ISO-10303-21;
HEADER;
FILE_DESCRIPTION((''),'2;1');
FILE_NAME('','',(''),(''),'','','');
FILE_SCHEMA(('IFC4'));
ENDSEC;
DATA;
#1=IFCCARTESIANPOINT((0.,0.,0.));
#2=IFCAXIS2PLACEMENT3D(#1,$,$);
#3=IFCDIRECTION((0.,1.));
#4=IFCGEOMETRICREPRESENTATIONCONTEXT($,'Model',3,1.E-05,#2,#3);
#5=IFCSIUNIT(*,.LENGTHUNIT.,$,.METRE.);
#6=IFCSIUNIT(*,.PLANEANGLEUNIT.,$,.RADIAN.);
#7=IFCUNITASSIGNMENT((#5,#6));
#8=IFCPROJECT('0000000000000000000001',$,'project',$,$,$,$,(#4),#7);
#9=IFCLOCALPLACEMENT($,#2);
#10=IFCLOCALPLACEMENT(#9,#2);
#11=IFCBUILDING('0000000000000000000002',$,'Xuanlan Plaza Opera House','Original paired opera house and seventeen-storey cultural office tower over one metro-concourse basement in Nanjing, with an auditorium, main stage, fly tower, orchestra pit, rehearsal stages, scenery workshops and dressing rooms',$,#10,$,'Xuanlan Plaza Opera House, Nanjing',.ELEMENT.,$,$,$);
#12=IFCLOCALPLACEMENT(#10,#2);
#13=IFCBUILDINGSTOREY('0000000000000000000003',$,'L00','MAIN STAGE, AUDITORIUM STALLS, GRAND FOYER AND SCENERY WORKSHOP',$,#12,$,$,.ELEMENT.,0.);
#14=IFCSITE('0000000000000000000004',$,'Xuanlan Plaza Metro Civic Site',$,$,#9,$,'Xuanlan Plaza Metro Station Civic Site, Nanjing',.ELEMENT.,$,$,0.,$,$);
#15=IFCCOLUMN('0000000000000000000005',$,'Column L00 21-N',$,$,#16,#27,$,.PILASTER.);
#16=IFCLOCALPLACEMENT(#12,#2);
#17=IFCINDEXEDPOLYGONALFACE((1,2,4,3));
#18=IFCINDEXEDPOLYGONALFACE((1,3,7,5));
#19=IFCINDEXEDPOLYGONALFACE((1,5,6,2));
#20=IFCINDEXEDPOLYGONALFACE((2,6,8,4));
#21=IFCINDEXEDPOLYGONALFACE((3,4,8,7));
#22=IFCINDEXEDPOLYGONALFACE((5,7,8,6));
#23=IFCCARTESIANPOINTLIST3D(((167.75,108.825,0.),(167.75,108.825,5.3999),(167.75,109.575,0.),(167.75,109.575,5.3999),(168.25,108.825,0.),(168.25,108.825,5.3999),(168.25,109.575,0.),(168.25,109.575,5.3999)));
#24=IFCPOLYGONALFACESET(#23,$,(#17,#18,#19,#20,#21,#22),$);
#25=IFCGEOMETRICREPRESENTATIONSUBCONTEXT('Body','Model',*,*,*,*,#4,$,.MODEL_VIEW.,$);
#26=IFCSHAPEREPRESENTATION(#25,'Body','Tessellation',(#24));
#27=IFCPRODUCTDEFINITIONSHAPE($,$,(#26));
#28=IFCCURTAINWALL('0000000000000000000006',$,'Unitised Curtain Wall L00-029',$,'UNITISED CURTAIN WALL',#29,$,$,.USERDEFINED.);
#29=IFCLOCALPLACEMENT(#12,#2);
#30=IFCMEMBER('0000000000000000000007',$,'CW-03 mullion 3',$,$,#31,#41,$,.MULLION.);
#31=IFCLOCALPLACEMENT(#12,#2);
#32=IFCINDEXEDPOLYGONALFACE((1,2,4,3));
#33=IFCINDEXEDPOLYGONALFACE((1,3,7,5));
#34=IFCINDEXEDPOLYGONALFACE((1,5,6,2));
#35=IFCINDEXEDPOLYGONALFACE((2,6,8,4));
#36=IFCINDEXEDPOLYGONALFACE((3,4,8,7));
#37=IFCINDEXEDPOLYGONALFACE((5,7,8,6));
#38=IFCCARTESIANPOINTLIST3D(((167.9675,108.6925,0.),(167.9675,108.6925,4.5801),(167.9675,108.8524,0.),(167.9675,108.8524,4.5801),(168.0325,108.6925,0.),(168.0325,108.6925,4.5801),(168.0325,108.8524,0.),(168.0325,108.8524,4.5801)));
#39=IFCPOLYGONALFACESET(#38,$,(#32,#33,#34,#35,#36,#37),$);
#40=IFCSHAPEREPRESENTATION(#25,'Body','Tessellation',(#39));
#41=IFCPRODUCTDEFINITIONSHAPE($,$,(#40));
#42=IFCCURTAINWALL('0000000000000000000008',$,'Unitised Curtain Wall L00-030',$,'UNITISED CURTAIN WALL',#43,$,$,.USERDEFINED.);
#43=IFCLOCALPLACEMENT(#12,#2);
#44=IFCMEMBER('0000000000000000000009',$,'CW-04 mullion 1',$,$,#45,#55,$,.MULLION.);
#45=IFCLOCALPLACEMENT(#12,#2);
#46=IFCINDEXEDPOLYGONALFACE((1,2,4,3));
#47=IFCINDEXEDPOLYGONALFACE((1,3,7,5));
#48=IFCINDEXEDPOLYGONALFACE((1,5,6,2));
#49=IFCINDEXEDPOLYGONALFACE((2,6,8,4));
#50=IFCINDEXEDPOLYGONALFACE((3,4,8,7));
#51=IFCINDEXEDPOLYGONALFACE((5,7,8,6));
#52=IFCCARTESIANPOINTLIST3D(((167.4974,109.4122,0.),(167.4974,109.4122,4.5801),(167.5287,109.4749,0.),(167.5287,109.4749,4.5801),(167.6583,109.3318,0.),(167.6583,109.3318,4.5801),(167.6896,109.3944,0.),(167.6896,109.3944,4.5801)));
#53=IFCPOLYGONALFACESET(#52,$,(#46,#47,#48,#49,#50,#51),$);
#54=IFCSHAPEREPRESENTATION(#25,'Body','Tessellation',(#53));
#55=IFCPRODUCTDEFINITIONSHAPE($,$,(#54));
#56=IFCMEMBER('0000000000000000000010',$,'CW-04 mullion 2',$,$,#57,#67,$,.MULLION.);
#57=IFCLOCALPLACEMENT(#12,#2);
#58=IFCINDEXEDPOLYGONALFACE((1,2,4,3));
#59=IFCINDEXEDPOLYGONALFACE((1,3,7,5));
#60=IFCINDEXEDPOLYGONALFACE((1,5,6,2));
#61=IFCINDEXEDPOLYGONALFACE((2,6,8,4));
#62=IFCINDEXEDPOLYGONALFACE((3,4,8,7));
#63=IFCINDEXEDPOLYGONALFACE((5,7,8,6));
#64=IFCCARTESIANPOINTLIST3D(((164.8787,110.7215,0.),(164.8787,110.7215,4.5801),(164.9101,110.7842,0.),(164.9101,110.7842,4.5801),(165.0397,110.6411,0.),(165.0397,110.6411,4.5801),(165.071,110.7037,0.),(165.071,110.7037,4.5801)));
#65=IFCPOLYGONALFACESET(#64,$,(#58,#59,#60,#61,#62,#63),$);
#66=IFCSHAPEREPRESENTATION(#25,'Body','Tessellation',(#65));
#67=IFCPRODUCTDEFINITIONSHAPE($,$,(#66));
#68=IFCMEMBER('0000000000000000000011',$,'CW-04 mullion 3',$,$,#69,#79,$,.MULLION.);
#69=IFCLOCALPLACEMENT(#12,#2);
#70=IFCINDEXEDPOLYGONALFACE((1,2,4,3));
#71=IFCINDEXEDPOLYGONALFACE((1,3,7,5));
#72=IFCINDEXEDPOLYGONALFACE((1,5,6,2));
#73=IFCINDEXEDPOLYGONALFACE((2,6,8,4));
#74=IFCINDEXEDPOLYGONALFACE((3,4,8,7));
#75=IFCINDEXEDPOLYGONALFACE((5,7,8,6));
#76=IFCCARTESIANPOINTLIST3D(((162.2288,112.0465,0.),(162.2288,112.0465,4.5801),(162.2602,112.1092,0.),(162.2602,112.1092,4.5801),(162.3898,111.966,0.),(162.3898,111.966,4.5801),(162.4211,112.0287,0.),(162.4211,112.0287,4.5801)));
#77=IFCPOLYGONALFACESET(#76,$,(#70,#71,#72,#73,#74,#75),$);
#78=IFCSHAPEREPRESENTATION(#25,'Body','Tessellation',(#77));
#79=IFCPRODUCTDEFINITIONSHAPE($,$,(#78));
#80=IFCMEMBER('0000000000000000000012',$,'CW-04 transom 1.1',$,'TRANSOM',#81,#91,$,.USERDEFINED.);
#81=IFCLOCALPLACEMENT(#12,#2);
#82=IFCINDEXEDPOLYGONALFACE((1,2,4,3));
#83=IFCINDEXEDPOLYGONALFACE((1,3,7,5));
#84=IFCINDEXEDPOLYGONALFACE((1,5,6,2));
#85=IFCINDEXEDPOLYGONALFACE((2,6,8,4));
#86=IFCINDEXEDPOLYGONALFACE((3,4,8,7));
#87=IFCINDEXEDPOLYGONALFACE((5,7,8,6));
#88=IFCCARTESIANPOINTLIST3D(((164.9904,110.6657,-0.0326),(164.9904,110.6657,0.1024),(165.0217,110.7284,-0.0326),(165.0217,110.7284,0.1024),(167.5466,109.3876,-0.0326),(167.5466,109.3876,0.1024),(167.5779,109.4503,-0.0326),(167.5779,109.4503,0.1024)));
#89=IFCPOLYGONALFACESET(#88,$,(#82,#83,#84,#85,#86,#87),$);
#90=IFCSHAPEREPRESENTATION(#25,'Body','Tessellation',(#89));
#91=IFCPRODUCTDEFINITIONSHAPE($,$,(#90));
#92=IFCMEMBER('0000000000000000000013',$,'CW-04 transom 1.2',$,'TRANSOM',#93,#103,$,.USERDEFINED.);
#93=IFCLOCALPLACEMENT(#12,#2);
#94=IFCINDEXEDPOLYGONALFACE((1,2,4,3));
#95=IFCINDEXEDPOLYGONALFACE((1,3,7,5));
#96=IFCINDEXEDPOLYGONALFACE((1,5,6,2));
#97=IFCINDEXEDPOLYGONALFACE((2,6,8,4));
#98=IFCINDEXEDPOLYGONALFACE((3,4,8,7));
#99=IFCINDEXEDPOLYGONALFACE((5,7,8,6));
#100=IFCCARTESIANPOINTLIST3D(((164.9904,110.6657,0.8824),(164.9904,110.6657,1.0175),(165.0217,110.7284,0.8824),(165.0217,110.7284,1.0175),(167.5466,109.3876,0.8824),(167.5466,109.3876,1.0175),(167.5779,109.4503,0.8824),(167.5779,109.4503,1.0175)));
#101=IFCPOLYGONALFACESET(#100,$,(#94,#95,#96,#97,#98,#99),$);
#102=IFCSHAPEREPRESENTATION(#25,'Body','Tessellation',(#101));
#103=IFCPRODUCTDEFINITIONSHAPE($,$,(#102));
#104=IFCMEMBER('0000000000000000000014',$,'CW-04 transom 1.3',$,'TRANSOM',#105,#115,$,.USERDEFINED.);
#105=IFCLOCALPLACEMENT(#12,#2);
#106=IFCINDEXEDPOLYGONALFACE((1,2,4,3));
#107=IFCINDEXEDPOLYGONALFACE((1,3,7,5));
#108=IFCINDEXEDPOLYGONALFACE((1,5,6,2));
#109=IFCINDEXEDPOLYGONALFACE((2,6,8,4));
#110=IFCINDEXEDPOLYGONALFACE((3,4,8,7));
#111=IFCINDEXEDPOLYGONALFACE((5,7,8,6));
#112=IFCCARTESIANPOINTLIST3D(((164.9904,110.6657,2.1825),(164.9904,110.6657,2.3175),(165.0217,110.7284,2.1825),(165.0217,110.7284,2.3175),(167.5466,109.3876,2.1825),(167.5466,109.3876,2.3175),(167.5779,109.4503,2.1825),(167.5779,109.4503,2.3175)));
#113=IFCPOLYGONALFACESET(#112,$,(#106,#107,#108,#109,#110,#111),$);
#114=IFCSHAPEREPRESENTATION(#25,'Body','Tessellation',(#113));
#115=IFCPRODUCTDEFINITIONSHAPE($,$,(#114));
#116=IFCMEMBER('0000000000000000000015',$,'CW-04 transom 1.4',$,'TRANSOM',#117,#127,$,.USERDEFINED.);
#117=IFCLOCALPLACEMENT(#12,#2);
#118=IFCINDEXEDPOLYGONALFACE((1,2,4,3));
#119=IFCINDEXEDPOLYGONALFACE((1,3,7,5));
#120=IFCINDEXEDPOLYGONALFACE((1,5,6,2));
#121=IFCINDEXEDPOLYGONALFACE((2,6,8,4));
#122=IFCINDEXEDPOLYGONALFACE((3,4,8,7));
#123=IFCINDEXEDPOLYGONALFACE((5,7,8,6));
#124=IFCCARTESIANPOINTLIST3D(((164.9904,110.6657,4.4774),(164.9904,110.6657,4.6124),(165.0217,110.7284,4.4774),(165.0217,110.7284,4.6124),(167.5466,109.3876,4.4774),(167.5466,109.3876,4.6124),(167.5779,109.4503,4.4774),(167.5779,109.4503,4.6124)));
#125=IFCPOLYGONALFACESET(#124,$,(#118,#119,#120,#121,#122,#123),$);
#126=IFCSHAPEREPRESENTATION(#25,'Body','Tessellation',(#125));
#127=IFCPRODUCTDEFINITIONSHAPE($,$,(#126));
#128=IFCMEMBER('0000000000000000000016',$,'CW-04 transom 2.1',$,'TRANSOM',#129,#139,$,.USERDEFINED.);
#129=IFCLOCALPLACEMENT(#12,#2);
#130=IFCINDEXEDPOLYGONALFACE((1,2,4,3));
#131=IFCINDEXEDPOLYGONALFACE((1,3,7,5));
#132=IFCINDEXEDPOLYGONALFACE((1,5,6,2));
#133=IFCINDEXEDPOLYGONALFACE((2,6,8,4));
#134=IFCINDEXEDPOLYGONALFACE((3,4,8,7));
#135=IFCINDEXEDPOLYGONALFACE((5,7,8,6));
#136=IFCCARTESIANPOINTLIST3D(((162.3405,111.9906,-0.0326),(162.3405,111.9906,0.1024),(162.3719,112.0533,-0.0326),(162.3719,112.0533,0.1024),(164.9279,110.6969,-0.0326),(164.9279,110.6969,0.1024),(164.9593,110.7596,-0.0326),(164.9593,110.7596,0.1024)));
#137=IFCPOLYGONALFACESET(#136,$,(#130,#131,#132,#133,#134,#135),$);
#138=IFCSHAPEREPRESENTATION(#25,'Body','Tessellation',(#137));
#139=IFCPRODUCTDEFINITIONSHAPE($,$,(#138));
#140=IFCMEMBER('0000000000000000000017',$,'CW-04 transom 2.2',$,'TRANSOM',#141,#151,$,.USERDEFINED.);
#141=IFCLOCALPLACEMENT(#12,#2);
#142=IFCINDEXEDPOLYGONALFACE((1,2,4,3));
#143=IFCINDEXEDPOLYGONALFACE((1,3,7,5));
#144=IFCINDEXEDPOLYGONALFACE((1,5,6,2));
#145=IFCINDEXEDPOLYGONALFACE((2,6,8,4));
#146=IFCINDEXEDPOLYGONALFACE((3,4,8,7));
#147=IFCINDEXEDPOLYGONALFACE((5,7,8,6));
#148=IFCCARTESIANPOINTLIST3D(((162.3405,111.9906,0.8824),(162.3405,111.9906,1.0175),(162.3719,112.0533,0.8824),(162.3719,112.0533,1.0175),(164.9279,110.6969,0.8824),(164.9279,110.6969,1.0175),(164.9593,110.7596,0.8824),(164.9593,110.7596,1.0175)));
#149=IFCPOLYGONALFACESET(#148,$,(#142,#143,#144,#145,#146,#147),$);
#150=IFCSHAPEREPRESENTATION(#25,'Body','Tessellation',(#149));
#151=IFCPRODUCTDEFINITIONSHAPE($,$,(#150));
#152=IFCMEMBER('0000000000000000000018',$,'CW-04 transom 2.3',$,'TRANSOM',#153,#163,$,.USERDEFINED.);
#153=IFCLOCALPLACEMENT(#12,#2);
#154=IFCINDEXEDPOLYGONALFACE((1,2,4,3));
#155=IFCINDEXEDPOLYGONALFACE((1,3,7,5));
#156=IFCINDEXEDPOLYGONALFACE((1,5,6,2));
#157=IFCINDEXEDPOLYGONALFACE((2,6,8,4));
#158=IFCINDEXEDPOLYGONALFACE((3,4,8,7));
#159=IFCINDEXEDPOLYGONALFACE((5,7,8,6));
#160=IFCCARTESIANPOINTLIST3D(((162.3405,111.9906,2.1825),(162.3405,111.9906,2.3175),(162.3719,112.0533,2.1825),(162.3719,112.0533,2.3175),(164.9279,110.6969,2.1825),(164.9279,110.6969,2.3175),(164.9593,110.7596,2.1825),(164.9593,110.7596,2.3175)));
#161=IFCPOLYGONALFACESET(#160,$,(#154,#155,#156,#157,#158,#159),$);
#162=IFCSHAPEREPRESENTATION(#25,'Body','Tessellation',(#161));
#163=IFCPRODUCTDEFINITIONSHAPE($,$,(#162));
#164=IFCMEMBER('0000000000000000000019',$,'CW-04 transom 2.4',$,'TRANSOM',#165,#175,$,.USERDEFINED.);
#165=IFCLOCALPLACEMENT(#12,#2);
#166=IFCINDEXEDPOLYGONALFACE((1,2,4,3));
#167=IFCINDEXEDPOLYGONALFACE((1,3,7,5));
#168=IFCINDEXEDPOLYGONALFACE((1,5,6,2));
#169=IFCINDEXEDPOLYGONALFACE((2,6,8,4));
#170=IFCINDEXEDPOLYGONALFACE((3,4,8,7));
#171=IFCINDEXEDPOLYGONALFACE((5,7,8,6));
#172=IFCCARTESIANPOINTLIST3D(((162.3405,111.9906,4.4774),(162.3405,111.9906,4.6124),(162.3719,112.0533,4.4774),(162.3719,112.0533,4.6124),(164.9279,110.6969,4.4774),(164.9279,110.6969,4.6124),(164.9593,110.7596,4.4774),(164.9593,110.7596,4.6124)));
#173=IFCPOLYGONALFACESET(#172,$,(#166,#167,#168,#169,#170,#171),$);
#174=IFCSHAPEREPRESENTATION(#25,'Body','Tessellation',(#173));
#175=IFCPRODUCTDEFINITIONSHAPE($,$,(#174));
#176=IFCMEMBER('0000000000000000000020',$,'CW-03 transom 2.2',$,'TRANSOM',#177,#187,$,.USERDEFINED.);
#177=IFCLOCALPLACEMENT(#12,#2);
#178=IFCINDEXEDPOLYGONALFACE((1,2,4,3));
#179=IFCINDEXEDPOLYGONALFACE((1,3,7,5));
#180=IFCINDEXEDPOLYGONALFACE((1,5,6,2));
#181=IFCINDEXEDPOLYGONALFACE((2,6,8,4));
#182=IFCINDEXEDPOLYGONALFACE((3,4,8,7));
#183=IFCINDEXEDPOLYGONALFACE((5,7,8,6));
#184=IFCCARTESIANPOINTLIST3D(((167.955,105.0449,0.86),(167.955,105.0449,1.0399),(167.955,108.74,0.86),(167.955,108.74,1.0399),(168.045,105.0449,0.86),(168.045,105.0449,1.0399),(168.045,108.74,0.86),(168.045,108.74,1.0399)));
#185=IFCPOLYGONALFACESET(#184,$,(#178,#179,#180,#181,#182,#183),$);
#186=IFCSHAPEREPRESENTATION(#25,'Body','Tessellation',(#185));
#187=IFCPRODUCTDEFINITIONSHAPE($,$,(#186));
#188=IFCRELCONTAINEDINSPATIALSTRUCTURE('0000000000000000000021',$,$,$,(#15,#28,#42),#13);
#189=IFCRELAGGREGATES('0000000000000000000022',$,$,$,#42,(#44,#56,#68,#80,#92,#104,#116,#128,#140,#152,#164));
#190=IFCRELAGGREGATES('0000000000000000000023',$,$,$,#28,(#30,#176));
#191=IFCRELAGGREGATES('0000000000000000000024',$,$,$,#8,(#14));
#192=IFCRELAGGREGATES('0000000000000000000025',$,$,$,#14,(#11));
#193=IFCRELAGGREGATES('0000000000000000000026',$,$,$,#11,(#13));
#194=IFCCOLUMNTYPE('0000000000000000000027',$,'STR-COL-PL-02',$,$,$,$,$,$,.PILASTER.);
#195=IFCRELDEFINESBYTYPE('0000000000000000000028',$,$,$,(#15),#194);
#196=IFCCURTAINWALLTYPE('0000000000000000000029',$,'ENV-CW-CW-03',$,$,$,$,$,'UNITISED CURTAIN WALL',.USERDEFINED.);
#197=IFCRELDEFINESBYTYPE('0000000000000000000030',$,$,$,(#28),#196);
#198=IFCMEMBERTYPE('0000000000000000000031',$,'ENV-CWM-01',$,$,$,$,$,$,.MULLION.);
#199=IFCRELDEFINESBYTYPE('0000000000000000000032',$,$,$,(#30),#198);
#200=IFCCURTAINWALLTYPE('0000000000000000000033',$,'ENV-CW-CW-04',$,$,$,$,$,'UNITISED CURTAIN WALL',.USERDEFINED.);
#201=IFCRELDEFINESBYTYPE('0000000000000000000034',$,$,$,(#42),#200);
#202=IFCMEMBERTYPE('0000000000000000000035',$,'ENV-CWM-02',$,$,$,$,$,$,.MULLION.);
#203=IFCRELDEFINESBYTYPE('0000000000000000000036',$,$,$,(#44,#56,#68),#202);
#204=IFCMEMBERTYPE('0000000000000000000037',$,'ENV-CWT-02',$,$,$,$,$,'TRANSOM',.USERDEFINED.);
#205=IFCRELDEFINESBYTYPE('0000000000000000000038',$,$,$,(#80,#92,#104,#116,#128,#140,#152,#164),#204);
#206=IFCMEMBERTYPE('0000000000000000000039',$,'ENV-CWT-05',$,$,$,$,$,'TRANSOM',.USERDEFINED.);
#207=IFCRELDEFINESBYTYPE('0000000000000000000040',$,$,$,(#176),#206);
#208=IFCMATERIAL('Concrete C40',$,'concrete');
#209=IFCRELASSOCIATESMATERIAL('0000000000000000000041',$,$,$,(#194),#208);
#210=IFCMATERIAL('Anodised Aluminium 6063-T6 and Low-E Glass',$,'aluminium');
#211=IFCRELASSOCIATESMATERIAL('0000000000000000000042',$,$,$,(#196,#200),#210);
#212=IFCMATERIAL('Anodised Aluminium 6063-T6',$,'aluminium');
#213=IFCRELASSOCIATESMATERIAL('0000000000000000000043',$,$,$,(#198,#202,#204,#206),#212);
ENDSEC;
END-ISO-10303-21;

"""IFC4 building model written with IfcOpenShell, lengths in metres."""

from ifc_helpers import new_model, si_unit, direction, frame, origin, origin_2d, place, context, subcontext, project, spatial, rectangle, extrude, material, material_profile, profile_set, type_object, element, aggregate, save


model = new_model("IFC4")

# Units and contexts
model_context = context("Model", 3, precision=1e-05, world=origin(), true_north=direction((0.0, 1.0)))
body_context = subcontext(model_context, "Body", "Model", "MODEL_VIEW")
ifc_project = project(units=[si_unit("LENGTHUNIT", "METRE"), si_unit("PLANEANGLEUNIT", "RADIAN")], contexts=[model_context])

# Site, building, storey
site_placement = place(None, origin())
site = spatial("IfcSite", under=ifc_project, at=site_placement, Name="Xuanlan Plaza Metro Civic Site", LongName="Xuanlan Plaza Metro Station Civic Site, Nanjing", CompositionType="ELEMENT", RefElevation=0.0)
building_placement = place(site_placement, origin())
building = spatial("IfcBuilding", under=site, at=building_placement, Name="Xuanlan Plaza Opera House", Description="Original paired opera house and seventeen-storey cultural office tower over one metro-concourse basement in Nanjing, with an auditorium, main stage, fly tower, orchestra pit, rehearsal stages, scenery workshops and dressing rooms", LongName="Xuanlan Plaza Opera House, Nanjing", CompositionType="ELEMENT")
storey_placement = place(building_placement, origin())
storey = spatial("IfcBuildingStorey", under=building, at=storey_placement, Name="L00", Description="MAIN STAGE, AUDITORIUM STALLS, GRAND FOYER AND SCENERY WORKSHOP", CompositionType="ELEMENT", Elevation=0.0)

# Column
ifc_material_1 = material(Name="Concrete C40", Category="concrete")
ifc_material_profile_1 = material_profile(ifc_material_1, rectangle(XDim=0.5, YDim=0.75, at=origin_2d()), Name="RC-PIL 500x750")
ifc_profile_set_1 = profile_set([ifc_material_profile_1], Name="Concrete C40")
column_type = type_object("IfcColumnType", Name="STR-COL-PL-02", PredefinedType="PILASTER", material=ifc_profile_set_1)
column_placement = place(storey_placement, frame((168.0, 109.2, 0.0), z_axis=(0.0, 0.0, 1.0), x_axis=(1.0, 0.0, 0.0)))
element("IfcColumn", 1, at=column_placement, inside=storey, type_object=column_type, Name="Column L00 21-N", PredefinedType="PILASTER", context=body_context, shape_type="SweptSolid", body=[
    extrude(rectangle(XDim=0.5, YDim=0.75, at=origin_2d()), origin(), (0.0, 0.0, 1.0), 5.3999),
])

# Curtain wall, member
ifc_material_2 = material(Name="Anodised Aluminium 6063-T6 and Low-E Glass", Category="aluminium")
curtain_wall_type_1 = type_object("IfcCurtainWallType", Name="ENV-CW-CW-03", ElementType="UNITISED CURTAIN WALL", PredefinedType="USERDEFINED", material=ifc_material_2)
curtain_wall_1_placement = place(storey_placement, origin())
curtain_wall_1 = element("IfcCurtainWall", 2, at=curtain_wall_1_placement, inside=storey, type_object=curtain_wall_type_1, Name="Unitised Curtain Wall L00-029", ObjectType="UNITISED CURTAIN WALL", PredefinedType="USERDEFINED")
ifc_material_3 = material(Name="Anodised Aluminium 6063-T6", Category="aluminium")
ifc_material_profile_2 = material_profile(ifc_material_3, rectangle(XDim=0.0649, YDim=0.1599, at=origin_2d()), Name="ALU-M 65x160")
ifc_profile_set_2 = profile_set([ifc_material_profile_2], Name="Anodised Aluminium 6063-T6")
member_type_1 = type_object("IfcMemberType", Name="ENV-CWM-01", PredefinedType="MULLION", material=ifc_profile_set_2)
member_1_placement = place(storey_placement, frame((168.0, 108.7725, 0.0), z_axis=(0.0, 0.0, 1.0), x_axis=(-1.0, 0.0, 0.0)))
member_1 = element("IfcMember", 3, at=member_1_placement, type_object=member_type_1, Name="CW-03 mullion 3", PredefinedType="MULLION", context=body_context, shape_type="SweptSolid", body=[
    extrude(rectangle(XDim=0.0649, YDim=0.1599, at=origin_2d()), origin(), (0.0, 0.0, 1.0), 4.5801),
])

# Curtain wall, members
curtain_wall_type_2 = type_object("IfcCurtainWallType", Name="ENV-CW-CW-04", ElementType="UNITISED CURTAIN WALL", PredefinedType="USERDEFINED", material=ifc_material_2)
curtain_wall_2_placement = place(storey_placement, origin())
curtain_wall_2 = element("IfcCurtainWall", 4, at=curtain_wall_2_placement, inside=storey, type_object=curtain_wall_type_2, Name="Unitised Curtain Wall L00-030", ObjectType="UNITISED CURTAIN WALL", PredefinedType="USERDEFINED")
ifc_material_profile_3 = material_profile(ifc_material_3, rectangle(XDim=0.0701, YDim=0.1799, at=origin_2d()), Name="ALU-M 70x180")
ifc_profile_set_3 = profile_set([ifc_material_profile_3], Name="Anodised Aluminium 6063-T6")
member_type_2 = type_object("IfcMemberType", Name="ENV-CWM-02", PredefinedType="MULLION", material=ifc_profile_set_3)
member_2_placement = place(storey_placement, frame((167.5935, 109.4033, 0.0), z_axis=(0.0, 0.0, 1.0), x_axis=(-0.447214, -0.894427, 0.0)))
member_2 = element("IfcMember", 5, at=member_2_placement, type_object=member_type_2, Name="CW-04 mullion 1", PredefinedType="MULLION", context=body_context, shape_type="SweptSolid", body=[
    extrude(rectangle(XDim=0.0701, YDim=0.1799, at=origin_2d()), origin(), (0.0, 0.0, 1.0), 4.5801),
])
member_3_placement = place(storey_placement, frame((164.9749, 110.7126, 0.0), z_axis=(0.0, 0.0, 1.0), x_axis=(-0.447214, -0.894427, 0.0)))
member_3 = element("IfcMember", 6, at=member_3_placement, type_object=member_type_2, Name="CW-04 mullion 2", PredefinedType="MULLION", context=body_context, shape_type="SweptSolid", body=[
    extrude(rectangle(XDim=0.0701, YDim=0.1799, at=origin_2d()), origin(), (0.0, 0.0, 1.0), 4.5801),
])
member_4_placement = place(storey_placement, frame((162.325, 112.0376, 0.0), z_axis=(0.0, 0.0, 1.0), x_axis=(-0.447214, -0.894427, 0.0)))
member_4 = element("IfcMember", 7, at=member_4_placement, type_object=member_type_2, Name="CW-04 mullion 3", PredefinedType="MULLION", context=body_context, shape_type="SweptSolid", body=[
    extrude(rectangle(XDim=0.0701, YDim=0.1799, at=origin_2d()), origin(), (0.0, 0.0, 1.0), 4.5801),
])
ifc_material_profile_4 = material_profile(ifc_material_3, rectangle(XDim=0.0701, YDim=0.135, at=origin_2d()), Name="ALU-T 70x135")
ifc_profile_set_4 = profile_set([ifc_material_profile_4], Name="Anodised Aluminium 6063-T6")
member_type_3 = type_object("IfcMemberType", Name="ENV-CWT-02", ElementType="TRANSOM", PredefinedType="USERDEFINED", material=ifc_profile_set_4)
member_5_placement = place(storey_placement, frame((167.5623, 109.4189, 0.0349), z_axis=(-0.894427, 0.447214, 0.0), x_axis=(-0.447214, -0.894427, 0.0)))
member_5 = element("IfcMember", 8, at=member_5_placement, type_object=member_type_3, Name="CW-04 transom 1.1", ObjectType="TRANSOM", PredefinedType="USERDEFINED", context=body_context, shape_type="SweptSolid", body=[
    extrude(rectangle(XDim=0.0701, YDim=0.135, at=origin_2d()), origin(), (0.0, 0.0, 1.0), 2.8579),
])
member_6_placement = place(storey_placement, frame((167.5623, 109.4189, 0.95), z_axis=(-0.894427, 0.447214, 0.0), x_axis=(-0.447214, -0.894427, 0.0)))
member_6 = element("IfcMember", 9, at=member_6_placement, type_object=member_type_3, Name="CW-04 transom 1.2", ObjectType="TRANSOM", PredefinedType="USERDEFINED", context=body_context, shape_type="SweptSolid", body=[
    extrude(rectangle(XDim=0.0701, YDim=0.135, at=origin_2d()), origin(), (0.0, 0.0, 1.0), 2.8579),
])
member_7_placement = place(storey_placement, frame((167.5623, 109.4189, 2.25), z_axis=(-0.894427, 0.447214, 0.0), x_axis=(-0.447214, -0.894427, 0.0)))
member_7 = element("IfcMember", 10, at=member_7_placement, type_object=member_type_3, Name="CW-04 transom 1.3", ObjectType="TRANSOM", PredefinedType="USERDEFINED", context=body_context, shape_type="SweptSolid", body=[
    extrude(rectangle(XDim=0.0701, YDim=0.135, at=origin_2d()), origin(), (0.0, 0.0, 1.0), 2.8579),
])
member_8_placement = place(storey_placement, frame((167.5623, 109.4189, 4.5449), z_axis=(-0.894427, 0.447214, 0.0), x_axis=(-0.447214, -0.894427, 0.0)))
member_8 = element("IfcMember", 11, at=member_8_placement, type_object=member_type_3, Name="CW-04 transom 1.4", ObjectType="TRANSOM", PredefinedType="USERDEFINED", context=body_context, shape_type="SweptSolid", body=[
    extrude(rectangle(XDim=0.0701, YDim=0.135, at=origin_2d()), origin(), (0.0, 0.0, 1.0), 2.8579),
])
member_9_placement = place(storey_placement, frame((164.9436, 110.7283, 0.0349), z_axis=(-0.894427, 0.447214, 0.0), x_axis=(-0.447214, -0.894427, 0.0)))
member_9 = element("IfcMember", 12, at=member_9_placement, type_object=member_type_3, Name="CW-04 transom 2.1", ObjectType="TRANSOM", PredefinedType="USERDEFINED", context=body_context, shape_type="SweptSolid", body=[
    extrude(rectangle(XDim=0.0701, YDim=0.135, at=origin_2d()), origin(), (0.0, 0.0, 1.0), 2.8928),
])
member_10_placement = place(storey_placement, frame((164.9436, 110.7283, 0.95), z_axis=(-0.894427, 0.447214, 0.0), x_axis=(-0.447214, -0.894427, 0.0)))
member_10 = element("IfcMember", 13, at=member_10_placement, type_object=member_type_3, Name="CW-04 transom 2.2", ObjectType="TRANSOM", PredefinedType="USERDEFINED", context=body_context, shape_type="SweptSolid", body=[
    extrude(rectangle(XDim=0.0701, YDim=0.135, at=origin_2d()), origin(), (0.0, 0.0, 1.0), 2.8928),
])
member_11_placement = place(storey_placement, frame((164.9436, 110.7283, 2.25), z_axis=(-0.894427, 0.447214, 0.0), x_axis=(-0.447214, -0.894427, 0.0)))
member_11 = element("IfcMember", 14, at=member_11_placement, type_object=member_type_3, Name="CW-04 transom 2.3", ObjectType="TRANSOM", PredefinedType="USERDEFINED", context=body_context, shape_type="SweptSolid", body=[
    extrude(rectangle(XDim=0.0701, YDim=0.135, at=origin_2d()), origin(), (0.0, 0.0, 1.0), 2.8928),
])
member_12_placement = place(storey_placement, frame((164.9436, 110.7283, 4.5449), z_axis=(-0.894427, 0.447214, 0.0), x_axis=(-0.447214, -0.894427, 0.0)))
member_12 = element("IfcMember", 15, at=member_12_placement, type_object=member_type_3, Name="CW-04 transom 2.4", ObjectType="TRANSOM", PredefinedType="USERDEFINED", context=body_context, shape_type="SweptSolid", body=[
    extrude(rectangle(XDim=0.0701, YDim=0.135, at=origin_2d()), origin(), (0.0, 0.0, 1.0), 2.8928),
])

# Member
ifc_material_profile_5 = material_profile(ifc_material_3, rectangle(XDim=0.0901, YDim=0.1799, at=origin_2d()), Name="ALU-T 90x180")
ifc_profile_set_5 = profile_set([ifc_material_profile_5], Name="Anodised Aluminium 6063-T6")
member_type_4 = type_object("IfcMemberType", Name="ENV-CWT-05", ElementType="TRANSOM", PredefinedType="USERDEFINED", material=ifc_profile_set_5)
member_13_placement = place(storey_placement, frame((168.0, 105.0449, 0.95), z_axis=(0.0, 1.0, 0.0), x_axis=(-1.0, 0.0, 0.0)))
member_13 = element("IfcMember", 16, at=member_13_placement, type_object=member_type_4, Name="CW-03 transom 2.2", ObjectType="TRANSOM", PredefinedType="USERDEFINED", context=body_context, shape_type="SweptSolid", body=[
    extrude(rectangle(XDim=0.0901, YDim=0.1799, at=origin_2d()), origin(), (0.0, 0.0, 1.0), 3.6951),
])

aggregate(curtain_wall_2, [member_2, member_3, member_4, member_5, member_6, member_7, member_8, member_9, member_10, member_11, member_12])
aggregate(curtain_wall_1, [member_1, member_13])

save(model, "model.ifc")
